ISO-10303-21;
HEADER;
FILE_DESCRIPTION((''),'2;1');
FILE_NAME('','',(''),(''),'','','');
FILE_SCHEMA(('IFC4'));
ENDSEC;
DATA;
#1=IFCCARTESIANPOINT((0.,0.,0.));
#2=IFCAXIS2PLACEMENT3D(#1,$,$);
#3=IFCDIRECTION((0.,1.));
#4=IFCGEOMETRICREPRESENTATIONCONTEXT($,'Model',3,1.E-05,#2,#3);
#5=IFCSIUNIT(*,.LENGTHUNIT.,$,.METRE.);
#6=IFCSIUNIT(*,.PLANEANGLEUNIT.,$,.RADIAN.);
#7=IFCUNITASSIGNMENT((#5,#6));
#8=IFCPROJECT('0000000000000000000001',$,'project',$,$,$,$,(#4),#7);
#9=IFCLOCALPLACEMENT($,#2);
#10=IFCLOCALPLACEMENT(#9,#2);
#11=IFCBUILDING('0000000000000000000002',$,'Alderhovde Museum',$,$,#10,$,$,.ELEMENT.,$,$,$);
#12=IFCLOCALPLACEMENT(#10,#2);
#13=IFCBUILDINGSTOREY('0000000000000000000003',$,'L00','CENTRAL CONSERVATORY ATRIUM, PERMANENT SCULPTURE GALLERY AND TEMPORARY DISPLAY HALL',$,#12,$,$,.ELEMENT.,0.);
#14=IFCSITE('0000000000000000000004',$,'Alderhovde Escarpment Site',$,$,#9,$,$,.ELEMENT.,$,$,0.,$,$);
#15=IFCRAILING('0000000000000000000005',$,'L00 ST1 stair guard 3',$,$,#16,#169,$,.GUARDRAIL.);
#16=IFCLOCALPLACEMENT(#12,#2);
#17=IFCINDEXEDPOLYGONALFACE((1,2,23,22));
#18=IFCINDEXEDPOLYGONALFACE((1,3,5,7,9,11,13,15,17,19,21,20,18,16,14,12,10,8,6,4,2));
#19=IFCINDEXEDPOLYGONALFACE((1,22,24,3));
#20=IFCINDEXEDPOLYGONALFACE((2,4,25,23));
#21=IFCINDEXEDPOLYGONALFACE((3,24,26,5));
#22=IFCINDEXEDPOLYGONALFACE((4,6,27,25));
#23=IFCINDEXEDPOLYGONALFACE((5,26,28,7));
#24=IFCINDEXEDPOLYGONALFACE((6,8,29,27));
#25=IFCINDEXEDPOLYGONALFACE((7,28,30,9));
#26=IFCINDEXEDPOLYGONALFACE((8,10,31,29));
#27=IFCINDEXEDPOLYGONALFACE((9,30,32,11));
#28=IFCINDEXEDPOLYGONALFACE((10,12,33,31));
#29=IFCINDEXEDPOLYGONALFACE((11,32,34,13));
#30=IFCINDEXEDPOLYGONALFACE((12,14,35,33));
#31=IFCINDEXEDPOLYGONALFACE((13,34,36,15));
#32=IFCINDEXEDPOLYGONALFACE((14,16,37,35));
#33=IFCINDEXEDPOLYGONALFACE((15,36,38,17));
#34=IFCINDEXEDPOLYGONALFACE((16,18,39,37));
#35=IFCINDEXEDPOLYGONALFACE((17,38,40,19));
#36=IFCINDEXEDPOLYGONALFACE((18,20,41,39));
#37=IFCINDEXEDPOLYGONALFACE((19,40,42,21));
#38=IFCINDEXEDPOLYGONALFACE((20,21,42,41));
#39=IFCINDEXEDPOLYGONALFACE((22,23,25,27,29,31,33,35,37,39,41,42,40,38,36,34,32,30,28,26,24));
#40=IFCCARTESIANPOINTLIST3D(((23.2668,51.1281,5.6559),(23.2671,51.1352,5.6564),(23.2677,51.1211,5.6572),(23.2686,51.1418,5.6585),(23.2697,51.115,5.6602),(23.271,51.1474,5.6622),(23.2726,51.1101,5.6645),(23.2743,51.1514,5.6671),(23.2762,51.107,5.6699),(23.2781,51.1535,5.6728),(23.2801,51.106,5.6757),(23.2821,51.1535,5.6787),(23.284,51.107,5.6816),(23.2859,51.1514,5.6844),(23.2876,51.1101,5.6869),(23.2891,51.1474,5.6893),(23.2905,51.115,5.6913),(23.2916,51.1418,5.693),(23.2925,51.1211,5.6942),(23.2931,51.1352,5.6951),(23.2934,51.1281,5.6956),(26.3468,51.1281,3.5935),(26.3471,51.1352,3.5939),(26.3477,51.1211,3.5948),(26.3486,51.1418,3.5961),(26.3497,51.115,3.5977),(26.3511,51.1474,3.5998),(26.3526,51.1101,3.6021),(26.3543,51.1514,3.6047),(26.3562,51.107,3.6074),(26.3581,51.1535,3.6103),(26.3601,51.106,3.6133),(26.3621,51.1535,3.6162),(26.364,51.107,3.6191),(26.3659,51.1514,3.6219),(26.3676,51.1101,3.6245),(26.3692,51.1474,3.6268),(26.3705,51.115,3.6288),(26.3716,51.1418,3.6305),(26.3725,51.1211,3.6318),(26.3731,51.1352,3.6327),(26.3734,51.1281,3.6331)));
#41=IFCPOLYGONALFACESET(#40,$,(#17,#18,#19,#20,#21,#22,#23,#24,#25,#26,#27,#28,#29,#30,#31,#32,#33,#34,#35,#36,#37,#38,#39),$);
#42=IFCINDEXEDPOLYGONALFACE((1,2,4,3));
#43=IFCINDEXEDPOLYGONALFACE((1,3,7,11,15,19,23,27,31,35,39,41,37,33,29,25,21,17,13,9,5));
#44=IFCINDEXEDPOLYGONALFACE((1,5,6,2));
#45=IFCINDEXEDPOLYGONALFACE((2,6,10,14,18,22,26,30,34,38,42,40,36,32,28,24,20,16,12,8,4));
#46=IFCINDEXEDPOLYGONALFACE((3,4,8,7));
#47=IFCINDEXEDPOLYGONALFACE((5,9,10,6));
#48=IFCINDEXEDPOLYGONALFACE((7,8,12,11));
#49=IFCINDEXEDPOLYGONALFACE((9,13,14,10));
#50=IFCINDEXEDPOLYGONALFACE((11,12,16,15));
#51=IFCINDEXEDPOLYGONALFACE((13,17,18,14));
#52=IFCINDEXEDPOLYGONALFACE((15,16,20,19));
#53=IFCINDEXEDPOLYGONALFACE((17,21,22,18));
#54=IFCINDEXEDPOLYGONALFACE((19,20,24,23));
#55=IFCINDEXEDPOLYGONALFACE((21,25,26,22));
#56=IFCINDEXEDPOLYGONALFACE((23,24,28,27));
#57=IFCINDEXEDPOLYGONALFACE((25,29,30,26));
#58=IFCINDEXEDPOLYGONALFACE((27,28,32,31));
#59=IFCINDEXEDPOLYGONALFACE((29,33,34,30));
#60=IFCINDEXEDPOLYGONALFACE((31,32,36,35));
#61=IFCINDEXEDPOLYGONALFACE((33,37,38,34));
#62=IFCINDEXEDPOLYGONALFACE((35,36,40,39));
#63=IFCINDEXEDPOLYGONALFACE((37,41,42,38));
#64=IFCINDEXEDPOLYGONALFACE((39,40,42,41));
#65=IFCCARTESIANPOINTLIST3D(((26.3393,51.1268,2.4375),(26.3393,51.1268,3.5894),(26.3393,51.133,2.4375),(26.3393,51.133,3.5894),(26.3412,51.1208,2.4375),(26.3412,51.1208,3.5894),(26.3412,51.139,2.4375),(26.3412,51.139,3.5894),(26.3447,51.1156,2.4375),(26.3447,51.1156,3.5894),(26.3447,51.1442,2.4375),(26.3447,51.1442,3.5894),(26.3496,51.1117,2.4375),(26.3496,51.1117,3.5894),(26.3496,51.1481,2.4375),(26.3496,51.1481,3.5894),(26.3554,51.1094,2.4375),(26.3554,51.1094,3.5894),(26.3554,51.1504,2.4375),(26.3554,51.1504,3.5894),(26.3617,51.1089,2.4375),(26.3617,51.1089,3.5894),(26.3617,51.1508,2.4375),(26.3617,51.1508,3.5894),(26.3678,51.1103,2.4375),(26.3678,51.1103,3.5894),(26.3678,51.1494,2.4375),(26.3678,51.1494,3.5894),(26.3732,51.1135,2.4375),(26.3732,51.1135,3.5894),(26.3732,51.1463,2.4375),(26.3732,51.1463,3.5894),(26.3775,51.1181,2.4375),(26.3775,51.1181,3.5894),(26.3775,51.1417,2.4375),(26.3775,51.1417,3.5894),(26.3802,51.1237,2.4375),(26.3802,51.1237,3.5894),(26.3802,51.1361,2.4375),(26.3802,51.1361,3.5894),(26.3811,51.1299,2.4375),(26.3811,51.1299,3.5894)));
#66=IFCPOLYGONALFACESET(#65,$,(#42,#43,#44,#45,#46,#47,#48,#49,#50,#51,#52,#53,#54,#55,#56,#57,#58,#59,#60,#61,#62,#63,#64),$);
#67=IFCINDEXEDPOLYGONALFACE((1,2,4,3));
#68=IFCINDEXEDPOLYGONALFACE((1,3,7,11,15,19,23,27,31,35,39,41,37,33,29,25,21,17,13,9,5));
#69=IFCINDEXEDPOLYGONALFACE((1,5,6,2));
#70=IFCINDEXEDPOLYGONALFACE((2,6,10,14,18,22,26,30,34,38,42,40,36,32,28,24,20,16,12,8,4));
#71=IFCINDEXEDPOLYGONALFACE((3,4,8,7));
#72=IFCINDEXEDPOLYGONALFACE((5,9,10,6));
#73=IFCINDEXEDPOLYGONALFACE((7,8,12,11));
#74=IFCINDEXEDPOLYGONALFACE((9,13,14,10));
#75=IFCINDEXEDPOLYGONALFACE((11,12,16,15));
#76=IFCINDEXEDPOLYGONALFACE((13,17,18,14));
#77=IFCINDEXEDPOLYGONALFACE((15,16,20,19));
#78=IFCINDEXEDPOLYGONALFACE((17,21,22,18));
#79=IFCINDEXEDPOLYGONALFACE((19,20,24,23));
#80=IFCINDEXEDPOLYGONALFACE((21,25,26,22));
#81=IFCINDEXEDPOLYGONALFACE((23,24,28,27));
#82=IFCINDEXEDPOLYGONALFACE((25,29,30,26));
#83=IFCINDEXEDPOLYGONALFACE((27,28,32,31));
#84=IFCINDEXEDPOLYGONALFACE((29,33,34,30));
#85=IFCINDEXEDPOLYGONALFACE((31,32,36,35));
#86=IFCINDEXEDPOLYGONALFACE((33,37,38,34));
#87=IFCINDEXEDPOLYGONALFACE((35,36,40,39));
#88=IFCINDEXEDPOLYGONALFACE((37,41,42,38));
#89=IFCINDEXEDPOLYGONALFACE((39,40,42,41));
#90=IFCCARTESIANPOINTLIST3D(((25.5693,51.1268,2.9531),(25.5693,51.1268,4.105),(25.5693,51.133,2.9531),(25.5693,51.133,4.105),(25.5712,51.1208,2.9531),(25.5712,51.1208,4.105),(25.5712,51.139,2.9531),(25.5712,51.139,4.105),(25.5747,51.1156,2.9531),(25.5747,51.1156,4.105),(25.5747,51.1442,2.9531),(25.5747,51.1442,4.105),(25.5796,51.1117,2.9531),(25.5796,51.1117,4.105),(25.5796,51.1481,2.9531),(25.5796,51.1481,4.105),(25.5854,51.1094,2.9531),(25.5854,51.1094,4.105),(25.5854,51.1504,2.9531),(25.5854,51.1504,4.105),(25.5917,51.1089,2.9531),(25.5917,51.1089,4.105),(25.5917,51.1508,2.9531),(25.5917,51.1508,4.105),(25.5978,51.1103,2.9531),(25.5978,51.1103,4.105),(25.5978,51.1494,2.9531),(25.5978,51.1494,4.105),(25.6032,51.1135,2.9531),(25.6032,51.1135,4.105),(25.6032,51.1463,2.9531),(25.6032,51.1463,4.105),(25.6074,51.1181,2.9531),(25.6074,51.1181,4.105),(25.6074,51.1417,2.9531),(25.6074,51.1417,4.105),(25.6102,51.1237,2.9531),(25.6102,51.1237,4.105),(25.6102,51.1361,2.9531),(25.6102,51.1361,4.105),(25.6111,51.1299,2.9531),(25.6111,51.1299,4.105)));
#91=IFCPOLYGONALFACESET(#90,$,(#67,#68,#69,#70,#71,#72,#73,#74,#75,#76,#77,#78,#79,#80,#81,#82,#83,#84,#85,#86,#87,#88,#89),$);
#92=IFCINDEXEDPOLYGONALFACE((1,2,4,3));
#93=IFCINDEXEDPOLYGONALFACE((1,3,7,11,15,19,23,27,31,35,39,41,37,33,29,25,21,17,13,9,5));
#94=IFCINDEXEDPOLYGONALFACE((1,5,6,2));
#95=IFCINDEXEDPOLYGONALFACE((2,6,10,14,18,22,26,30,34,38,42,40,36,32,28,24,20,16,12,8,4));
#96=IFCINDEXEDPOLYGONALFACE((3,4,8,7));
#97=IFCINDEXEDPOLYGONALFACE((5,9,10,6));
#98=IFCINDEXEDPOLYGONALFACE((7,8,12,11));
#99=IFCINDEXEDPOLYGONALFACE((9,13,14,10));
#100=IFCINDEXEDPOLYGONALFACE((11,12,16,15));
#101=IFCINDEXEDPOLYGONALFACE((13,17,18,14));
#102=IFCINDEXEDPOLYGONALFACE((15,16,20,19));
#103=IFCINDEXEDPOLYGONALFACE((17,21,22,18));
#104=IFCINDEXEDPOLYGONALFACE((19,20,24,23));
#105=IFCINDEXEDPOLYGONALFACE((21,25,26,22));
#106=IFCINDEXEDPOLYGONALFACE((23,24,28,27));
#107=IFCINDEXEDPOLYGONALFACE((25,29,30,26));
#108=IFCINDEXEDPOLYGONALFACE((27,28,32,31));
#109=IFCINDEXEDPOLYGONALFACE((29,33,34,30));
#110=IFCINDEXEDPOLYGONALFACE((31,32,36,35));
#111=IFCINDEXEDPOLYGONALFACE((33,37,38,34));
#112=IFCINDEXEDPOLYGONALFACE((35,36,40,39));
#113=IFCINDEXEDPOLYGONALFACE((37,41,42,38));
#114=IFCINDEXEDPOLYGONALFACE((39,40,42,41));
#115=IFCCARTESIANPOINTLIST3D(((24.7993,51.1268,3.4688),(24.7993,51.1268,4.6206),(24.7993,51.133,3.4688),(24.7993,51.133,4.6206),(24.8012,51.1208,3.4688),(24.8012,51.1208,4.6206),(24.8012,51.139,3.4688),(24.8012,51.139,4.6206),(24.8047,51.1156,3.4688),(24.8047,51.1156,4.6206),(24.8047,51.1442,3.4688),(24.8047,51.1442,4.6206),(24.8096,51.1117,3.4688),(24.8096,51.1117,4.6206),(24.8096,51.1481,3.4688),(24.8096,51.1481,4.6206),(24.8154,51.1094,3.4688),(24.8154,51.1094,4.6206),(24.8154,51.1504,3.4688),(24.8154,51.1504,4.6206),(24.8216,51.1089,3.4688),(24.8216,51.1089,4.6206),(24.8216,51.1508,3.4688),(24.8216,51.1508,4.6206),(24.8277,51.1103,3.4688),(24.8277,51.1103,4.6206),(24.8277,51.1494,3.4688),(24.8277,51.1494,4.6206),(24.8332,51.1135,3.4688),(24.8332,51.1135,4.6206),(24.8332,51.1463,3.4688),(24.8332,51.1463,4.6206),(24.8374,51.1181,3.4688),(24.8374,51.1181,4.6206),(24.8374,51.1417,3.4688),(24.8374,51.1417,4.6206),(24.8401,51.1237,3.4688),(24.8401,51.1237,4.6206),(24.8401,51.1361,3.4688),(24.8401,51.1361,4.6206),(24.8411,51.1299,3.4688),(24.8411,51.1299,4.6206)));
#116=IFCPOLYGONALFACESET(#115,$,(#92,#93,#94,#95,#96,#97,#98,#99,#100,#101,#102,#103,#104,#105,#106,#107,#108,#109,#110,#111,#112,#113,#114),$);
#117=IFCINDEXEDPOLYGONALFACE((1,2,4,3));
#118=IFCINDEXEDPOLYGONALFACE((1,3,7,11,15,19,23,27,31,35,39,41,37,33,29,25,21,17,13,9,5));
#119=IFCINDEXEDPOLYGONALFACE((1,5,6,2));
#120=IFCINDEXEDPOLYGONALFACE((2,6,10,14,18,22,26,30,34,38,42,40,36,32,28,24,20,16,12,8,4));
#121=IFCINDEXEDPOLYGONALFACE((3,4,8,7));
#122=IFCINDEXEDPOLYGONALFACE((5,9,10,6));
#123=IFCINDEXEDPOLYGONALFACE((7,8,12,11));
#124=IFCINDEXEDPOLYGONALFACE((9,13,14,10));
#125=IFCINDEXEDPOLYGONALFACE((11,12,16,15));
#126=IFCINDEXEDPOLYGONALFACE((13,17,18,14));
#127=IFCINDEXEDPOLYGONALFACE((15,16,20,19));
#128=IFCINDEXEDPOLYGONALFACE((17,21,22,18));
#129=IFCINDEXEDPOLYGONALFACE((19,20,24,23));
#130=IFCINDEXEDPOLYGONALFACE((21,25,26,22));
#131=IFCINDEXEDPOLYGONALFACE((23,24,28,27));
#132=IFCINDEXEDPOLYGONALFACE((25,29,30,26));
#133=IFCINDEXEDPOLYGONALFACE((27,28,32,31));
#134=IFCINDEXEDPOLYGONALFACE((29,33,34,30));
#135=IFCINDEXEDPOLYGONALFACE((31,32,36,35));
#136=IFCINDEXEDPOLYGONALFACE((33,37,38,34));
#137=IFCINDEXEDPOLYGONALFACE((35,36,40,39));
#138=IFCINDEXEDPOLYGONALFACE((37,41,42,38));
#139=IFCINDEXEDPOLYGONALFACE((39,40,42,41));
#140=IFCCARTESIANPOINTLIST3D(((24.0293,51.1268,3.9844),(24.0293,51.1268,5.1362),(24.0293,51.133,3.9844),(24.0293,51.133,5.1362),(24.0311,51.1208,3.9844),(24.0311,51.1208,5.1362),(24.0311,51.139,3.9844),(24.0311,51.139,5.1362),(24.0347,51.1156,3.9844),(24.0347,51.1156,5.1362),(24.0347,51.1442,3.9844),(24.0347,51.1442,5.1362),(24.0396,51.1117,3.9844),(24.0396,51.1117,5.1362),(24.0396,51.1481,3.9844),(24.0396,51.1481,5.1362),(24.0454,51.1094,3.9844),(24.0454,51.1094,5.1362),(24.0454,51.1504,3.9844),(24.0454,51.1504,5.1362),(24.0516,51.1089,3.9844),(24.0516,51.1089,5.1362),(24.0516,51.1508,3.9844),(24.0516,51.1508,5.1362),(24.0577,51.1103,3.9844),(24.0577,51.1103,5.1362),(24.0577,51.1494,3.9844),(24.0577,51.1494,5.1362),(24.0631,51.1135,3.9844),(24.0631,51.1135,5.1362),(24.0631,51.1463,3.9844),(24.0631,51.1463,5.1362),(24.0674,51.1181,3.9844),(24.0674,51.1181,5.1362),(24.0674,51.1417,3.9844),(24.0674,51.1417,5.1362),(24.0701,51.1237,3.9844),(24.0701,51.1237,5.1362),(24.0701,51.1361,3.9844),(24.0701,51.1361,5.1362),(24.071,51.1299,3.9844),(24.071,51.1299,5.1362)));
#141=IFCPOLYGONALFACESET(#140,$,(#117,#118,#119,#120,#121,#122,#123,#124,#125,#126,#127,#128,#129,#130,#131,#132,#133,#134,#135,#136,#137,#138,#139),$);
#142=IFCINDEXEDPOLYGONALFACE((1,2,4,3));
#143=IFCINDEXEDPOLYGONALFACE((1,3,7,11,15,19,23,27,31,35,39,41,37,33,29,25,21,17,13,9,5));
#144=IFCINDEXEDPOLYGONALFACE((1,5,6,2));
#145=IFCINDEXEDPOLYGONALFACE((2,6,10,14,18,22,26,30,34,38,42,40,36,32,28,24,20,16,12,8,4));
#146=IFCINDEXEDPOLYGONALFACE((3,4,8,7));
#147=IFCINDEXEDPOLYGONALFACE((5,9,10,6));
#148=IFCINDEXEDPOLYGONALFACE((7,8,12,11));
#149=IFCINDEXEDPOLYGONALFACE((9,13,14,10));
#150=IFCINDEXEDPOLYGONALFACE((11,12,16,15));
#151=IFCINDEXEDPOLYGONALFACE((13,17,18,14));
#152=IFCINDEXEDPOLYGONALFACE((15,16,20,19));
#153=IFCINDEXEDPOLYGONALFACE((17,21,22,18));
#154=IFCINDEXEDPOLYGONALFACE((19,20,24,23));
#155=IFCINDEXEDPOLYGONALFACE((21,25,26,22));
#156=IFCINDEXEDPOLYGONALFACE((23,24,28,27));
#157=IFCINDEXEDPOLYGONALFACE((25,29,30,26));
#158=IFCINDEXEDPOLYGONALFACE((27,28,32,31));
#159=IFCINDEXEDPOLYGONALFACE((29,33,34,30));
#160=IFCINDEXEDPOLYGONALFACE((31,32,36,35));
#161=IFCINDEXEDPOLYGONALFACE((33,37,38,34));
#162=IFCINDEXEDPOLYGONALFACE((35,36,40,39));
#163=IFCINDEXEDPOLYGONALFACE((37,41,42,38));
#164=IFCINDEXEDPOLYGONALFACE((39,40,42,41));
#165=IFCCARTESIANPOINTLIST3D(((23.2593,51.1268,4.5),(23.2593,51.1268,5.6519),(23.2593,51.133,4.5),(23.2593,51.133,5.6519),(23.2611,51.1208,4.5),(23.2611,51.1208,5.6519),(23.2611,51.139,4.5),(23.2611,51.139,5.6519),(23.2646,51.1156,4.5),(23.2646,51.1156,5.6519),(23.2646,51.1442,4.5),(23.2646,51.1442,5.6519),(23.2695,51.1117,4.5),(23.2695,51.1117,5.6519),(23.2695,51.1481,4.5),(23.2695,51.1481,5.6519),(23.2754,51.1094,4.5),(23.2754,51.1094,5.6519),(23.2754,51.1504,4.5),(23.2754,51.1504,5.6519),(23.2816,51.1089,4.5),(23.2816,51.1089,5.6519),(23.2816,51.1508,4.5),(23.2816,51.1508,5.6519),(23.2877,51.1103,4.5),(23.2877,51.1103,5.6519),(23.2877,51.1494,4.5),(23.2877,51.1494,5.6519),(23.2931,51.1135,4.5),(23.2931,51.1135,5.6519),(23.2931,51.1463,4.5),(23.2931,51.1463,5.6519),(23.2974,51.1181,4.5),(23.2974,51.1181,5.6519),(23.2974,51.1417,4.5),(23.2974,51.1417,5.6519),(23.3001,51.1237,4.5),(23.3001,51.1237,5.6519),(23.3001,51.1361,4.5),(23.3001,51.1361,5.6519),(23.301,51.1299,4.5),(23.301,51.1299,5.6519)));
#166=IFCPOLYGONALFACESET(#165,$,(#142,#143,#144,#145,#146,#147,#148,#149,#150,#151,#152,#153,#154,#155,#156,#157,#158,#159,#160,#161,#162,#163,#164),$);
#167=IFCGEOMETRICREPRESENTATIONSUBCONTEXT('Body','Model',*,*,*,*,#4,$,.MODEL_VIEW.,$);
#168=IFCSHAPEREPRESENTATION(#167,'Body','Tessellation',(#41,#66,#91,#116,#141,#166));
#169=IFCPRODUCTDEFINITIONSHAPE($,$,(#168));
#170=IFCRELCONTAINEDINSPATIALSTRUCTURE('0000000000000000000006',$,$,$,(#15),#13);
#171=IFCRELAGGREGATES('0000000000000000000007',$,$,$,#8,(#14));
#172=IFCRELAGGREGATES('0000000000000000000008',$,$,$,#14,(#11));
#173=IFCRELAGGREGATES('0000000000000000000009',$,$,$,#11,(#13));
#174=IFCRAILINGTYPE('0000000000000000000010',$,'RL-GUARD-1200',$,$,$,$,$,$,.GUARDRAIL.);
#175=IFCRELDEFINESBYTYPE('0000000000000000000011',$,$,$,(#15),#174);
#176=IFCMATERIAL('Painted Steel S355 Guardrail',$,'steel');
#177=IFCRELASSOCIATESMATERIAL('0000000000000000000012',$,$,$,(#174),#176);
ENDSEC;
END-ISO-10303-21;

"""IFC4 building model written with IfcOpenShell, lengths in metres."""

from ifc_helpers import new_model, si_unit, direction, frame, origin, origin_2d, place, context, subcontext, project, spatial, circle, extrude, material, type_object, element, save


model = new_model("IFC4")

# Units and contexts
model_context = context("Model", 3, precision=1e-05, world=origin(), true_north=direction((0.0, 1.0)))
body_context = subcontext(model_context, "Body", "Model", "MODEL_VIEW")
ifc_project = project(units=[si_unit("LENGTHUNIT", "METRE"), si_unit("PLANEANGLEUNIT", "RADIAN")], contexts=[model_context])

# Site, building, storey
site_placement = place(None, origin())
site = spatial("IfcSite", under=ifc_project, at=site_placement, Name="Alderhovde Escarpment Site", CompositionType="ELEMENT", RefElevation=0.0)
building_placement = place(site_placement, origin())
building = spatial("IfcBuilding", under=site, at=building_placement, Name="Alderhovde Museum", CompositionType="ELEMENT")
storey_placement = place(building_placement, origin())
storey = spatial("IfcBuildingStorey", under=building, at=storey_placement, Name="L00", Description="CENTRAL CONSERVATORY ATRIUM, PERMANENT SCULPTURE GALLERY AND TEMPORARY DISPLAY HALL", CompositionType="ELEMENT", Elevation=0.0)

# Railing
ifc_material_1 = material(Name="Painted Steel S355 Guardrail", Category="steel")
railing_type_1 = type_object("IfcRailingType", Name="RL-GUARD-1200", PredefinedType="GUARDRAIL", material=ifc_material_1)
railing_1_placement = place(storey_placement, frame((26.3601, 51.1299, 2.4375)))
element("IfcRailing", 1, at=railing_1_placement, inside=storey, type_object=railing_type_1, Name="L00 ST1 stair guard 3", PredefinedType="GUARDRAIL", context=body_context, shape_type="SweptSolid", body=[
    extrude(circle(Radius=0.0239, at=origin_2d()), frame((0.0, 0.0, 1.1758), z_axis=(-0.830914, 0.0, 0.556401), x_axis=(0.0, -1.0, 0.0)), (0.0, 0.0, 1.0), 3.7068),
    extrude(circle(Radius=0.021, at=origin_2d()), origin(), (0.0, 0.0, 1.0), 1.1519),
    extrude(circle(Radius=0.021, at=origin_2d()), frame((-0.77, 0.0, 0.5156)), (0.0, 0.0, 1.0), 1.1519),
    extrude(circle(Radius=0.021, at=origin_2d()), frame((-1.54, 0.0, 1.0312)), (0.0, 0.0, 1.0), 1.1519),
    extrude(circle(Radius=0.021, at=origin_2d()), frame((-2.3101, 0.0, 1.5469)), (0.0, 0.0, 1.0), 1.1519),
    extrude(circle(Radius=0.021, at=origin_2d()), frame((-3.0801, 0.0, 2.0625)), (0.0, 0.0, 1.0), 1.1519),
])

save(model, "model.ifc")
